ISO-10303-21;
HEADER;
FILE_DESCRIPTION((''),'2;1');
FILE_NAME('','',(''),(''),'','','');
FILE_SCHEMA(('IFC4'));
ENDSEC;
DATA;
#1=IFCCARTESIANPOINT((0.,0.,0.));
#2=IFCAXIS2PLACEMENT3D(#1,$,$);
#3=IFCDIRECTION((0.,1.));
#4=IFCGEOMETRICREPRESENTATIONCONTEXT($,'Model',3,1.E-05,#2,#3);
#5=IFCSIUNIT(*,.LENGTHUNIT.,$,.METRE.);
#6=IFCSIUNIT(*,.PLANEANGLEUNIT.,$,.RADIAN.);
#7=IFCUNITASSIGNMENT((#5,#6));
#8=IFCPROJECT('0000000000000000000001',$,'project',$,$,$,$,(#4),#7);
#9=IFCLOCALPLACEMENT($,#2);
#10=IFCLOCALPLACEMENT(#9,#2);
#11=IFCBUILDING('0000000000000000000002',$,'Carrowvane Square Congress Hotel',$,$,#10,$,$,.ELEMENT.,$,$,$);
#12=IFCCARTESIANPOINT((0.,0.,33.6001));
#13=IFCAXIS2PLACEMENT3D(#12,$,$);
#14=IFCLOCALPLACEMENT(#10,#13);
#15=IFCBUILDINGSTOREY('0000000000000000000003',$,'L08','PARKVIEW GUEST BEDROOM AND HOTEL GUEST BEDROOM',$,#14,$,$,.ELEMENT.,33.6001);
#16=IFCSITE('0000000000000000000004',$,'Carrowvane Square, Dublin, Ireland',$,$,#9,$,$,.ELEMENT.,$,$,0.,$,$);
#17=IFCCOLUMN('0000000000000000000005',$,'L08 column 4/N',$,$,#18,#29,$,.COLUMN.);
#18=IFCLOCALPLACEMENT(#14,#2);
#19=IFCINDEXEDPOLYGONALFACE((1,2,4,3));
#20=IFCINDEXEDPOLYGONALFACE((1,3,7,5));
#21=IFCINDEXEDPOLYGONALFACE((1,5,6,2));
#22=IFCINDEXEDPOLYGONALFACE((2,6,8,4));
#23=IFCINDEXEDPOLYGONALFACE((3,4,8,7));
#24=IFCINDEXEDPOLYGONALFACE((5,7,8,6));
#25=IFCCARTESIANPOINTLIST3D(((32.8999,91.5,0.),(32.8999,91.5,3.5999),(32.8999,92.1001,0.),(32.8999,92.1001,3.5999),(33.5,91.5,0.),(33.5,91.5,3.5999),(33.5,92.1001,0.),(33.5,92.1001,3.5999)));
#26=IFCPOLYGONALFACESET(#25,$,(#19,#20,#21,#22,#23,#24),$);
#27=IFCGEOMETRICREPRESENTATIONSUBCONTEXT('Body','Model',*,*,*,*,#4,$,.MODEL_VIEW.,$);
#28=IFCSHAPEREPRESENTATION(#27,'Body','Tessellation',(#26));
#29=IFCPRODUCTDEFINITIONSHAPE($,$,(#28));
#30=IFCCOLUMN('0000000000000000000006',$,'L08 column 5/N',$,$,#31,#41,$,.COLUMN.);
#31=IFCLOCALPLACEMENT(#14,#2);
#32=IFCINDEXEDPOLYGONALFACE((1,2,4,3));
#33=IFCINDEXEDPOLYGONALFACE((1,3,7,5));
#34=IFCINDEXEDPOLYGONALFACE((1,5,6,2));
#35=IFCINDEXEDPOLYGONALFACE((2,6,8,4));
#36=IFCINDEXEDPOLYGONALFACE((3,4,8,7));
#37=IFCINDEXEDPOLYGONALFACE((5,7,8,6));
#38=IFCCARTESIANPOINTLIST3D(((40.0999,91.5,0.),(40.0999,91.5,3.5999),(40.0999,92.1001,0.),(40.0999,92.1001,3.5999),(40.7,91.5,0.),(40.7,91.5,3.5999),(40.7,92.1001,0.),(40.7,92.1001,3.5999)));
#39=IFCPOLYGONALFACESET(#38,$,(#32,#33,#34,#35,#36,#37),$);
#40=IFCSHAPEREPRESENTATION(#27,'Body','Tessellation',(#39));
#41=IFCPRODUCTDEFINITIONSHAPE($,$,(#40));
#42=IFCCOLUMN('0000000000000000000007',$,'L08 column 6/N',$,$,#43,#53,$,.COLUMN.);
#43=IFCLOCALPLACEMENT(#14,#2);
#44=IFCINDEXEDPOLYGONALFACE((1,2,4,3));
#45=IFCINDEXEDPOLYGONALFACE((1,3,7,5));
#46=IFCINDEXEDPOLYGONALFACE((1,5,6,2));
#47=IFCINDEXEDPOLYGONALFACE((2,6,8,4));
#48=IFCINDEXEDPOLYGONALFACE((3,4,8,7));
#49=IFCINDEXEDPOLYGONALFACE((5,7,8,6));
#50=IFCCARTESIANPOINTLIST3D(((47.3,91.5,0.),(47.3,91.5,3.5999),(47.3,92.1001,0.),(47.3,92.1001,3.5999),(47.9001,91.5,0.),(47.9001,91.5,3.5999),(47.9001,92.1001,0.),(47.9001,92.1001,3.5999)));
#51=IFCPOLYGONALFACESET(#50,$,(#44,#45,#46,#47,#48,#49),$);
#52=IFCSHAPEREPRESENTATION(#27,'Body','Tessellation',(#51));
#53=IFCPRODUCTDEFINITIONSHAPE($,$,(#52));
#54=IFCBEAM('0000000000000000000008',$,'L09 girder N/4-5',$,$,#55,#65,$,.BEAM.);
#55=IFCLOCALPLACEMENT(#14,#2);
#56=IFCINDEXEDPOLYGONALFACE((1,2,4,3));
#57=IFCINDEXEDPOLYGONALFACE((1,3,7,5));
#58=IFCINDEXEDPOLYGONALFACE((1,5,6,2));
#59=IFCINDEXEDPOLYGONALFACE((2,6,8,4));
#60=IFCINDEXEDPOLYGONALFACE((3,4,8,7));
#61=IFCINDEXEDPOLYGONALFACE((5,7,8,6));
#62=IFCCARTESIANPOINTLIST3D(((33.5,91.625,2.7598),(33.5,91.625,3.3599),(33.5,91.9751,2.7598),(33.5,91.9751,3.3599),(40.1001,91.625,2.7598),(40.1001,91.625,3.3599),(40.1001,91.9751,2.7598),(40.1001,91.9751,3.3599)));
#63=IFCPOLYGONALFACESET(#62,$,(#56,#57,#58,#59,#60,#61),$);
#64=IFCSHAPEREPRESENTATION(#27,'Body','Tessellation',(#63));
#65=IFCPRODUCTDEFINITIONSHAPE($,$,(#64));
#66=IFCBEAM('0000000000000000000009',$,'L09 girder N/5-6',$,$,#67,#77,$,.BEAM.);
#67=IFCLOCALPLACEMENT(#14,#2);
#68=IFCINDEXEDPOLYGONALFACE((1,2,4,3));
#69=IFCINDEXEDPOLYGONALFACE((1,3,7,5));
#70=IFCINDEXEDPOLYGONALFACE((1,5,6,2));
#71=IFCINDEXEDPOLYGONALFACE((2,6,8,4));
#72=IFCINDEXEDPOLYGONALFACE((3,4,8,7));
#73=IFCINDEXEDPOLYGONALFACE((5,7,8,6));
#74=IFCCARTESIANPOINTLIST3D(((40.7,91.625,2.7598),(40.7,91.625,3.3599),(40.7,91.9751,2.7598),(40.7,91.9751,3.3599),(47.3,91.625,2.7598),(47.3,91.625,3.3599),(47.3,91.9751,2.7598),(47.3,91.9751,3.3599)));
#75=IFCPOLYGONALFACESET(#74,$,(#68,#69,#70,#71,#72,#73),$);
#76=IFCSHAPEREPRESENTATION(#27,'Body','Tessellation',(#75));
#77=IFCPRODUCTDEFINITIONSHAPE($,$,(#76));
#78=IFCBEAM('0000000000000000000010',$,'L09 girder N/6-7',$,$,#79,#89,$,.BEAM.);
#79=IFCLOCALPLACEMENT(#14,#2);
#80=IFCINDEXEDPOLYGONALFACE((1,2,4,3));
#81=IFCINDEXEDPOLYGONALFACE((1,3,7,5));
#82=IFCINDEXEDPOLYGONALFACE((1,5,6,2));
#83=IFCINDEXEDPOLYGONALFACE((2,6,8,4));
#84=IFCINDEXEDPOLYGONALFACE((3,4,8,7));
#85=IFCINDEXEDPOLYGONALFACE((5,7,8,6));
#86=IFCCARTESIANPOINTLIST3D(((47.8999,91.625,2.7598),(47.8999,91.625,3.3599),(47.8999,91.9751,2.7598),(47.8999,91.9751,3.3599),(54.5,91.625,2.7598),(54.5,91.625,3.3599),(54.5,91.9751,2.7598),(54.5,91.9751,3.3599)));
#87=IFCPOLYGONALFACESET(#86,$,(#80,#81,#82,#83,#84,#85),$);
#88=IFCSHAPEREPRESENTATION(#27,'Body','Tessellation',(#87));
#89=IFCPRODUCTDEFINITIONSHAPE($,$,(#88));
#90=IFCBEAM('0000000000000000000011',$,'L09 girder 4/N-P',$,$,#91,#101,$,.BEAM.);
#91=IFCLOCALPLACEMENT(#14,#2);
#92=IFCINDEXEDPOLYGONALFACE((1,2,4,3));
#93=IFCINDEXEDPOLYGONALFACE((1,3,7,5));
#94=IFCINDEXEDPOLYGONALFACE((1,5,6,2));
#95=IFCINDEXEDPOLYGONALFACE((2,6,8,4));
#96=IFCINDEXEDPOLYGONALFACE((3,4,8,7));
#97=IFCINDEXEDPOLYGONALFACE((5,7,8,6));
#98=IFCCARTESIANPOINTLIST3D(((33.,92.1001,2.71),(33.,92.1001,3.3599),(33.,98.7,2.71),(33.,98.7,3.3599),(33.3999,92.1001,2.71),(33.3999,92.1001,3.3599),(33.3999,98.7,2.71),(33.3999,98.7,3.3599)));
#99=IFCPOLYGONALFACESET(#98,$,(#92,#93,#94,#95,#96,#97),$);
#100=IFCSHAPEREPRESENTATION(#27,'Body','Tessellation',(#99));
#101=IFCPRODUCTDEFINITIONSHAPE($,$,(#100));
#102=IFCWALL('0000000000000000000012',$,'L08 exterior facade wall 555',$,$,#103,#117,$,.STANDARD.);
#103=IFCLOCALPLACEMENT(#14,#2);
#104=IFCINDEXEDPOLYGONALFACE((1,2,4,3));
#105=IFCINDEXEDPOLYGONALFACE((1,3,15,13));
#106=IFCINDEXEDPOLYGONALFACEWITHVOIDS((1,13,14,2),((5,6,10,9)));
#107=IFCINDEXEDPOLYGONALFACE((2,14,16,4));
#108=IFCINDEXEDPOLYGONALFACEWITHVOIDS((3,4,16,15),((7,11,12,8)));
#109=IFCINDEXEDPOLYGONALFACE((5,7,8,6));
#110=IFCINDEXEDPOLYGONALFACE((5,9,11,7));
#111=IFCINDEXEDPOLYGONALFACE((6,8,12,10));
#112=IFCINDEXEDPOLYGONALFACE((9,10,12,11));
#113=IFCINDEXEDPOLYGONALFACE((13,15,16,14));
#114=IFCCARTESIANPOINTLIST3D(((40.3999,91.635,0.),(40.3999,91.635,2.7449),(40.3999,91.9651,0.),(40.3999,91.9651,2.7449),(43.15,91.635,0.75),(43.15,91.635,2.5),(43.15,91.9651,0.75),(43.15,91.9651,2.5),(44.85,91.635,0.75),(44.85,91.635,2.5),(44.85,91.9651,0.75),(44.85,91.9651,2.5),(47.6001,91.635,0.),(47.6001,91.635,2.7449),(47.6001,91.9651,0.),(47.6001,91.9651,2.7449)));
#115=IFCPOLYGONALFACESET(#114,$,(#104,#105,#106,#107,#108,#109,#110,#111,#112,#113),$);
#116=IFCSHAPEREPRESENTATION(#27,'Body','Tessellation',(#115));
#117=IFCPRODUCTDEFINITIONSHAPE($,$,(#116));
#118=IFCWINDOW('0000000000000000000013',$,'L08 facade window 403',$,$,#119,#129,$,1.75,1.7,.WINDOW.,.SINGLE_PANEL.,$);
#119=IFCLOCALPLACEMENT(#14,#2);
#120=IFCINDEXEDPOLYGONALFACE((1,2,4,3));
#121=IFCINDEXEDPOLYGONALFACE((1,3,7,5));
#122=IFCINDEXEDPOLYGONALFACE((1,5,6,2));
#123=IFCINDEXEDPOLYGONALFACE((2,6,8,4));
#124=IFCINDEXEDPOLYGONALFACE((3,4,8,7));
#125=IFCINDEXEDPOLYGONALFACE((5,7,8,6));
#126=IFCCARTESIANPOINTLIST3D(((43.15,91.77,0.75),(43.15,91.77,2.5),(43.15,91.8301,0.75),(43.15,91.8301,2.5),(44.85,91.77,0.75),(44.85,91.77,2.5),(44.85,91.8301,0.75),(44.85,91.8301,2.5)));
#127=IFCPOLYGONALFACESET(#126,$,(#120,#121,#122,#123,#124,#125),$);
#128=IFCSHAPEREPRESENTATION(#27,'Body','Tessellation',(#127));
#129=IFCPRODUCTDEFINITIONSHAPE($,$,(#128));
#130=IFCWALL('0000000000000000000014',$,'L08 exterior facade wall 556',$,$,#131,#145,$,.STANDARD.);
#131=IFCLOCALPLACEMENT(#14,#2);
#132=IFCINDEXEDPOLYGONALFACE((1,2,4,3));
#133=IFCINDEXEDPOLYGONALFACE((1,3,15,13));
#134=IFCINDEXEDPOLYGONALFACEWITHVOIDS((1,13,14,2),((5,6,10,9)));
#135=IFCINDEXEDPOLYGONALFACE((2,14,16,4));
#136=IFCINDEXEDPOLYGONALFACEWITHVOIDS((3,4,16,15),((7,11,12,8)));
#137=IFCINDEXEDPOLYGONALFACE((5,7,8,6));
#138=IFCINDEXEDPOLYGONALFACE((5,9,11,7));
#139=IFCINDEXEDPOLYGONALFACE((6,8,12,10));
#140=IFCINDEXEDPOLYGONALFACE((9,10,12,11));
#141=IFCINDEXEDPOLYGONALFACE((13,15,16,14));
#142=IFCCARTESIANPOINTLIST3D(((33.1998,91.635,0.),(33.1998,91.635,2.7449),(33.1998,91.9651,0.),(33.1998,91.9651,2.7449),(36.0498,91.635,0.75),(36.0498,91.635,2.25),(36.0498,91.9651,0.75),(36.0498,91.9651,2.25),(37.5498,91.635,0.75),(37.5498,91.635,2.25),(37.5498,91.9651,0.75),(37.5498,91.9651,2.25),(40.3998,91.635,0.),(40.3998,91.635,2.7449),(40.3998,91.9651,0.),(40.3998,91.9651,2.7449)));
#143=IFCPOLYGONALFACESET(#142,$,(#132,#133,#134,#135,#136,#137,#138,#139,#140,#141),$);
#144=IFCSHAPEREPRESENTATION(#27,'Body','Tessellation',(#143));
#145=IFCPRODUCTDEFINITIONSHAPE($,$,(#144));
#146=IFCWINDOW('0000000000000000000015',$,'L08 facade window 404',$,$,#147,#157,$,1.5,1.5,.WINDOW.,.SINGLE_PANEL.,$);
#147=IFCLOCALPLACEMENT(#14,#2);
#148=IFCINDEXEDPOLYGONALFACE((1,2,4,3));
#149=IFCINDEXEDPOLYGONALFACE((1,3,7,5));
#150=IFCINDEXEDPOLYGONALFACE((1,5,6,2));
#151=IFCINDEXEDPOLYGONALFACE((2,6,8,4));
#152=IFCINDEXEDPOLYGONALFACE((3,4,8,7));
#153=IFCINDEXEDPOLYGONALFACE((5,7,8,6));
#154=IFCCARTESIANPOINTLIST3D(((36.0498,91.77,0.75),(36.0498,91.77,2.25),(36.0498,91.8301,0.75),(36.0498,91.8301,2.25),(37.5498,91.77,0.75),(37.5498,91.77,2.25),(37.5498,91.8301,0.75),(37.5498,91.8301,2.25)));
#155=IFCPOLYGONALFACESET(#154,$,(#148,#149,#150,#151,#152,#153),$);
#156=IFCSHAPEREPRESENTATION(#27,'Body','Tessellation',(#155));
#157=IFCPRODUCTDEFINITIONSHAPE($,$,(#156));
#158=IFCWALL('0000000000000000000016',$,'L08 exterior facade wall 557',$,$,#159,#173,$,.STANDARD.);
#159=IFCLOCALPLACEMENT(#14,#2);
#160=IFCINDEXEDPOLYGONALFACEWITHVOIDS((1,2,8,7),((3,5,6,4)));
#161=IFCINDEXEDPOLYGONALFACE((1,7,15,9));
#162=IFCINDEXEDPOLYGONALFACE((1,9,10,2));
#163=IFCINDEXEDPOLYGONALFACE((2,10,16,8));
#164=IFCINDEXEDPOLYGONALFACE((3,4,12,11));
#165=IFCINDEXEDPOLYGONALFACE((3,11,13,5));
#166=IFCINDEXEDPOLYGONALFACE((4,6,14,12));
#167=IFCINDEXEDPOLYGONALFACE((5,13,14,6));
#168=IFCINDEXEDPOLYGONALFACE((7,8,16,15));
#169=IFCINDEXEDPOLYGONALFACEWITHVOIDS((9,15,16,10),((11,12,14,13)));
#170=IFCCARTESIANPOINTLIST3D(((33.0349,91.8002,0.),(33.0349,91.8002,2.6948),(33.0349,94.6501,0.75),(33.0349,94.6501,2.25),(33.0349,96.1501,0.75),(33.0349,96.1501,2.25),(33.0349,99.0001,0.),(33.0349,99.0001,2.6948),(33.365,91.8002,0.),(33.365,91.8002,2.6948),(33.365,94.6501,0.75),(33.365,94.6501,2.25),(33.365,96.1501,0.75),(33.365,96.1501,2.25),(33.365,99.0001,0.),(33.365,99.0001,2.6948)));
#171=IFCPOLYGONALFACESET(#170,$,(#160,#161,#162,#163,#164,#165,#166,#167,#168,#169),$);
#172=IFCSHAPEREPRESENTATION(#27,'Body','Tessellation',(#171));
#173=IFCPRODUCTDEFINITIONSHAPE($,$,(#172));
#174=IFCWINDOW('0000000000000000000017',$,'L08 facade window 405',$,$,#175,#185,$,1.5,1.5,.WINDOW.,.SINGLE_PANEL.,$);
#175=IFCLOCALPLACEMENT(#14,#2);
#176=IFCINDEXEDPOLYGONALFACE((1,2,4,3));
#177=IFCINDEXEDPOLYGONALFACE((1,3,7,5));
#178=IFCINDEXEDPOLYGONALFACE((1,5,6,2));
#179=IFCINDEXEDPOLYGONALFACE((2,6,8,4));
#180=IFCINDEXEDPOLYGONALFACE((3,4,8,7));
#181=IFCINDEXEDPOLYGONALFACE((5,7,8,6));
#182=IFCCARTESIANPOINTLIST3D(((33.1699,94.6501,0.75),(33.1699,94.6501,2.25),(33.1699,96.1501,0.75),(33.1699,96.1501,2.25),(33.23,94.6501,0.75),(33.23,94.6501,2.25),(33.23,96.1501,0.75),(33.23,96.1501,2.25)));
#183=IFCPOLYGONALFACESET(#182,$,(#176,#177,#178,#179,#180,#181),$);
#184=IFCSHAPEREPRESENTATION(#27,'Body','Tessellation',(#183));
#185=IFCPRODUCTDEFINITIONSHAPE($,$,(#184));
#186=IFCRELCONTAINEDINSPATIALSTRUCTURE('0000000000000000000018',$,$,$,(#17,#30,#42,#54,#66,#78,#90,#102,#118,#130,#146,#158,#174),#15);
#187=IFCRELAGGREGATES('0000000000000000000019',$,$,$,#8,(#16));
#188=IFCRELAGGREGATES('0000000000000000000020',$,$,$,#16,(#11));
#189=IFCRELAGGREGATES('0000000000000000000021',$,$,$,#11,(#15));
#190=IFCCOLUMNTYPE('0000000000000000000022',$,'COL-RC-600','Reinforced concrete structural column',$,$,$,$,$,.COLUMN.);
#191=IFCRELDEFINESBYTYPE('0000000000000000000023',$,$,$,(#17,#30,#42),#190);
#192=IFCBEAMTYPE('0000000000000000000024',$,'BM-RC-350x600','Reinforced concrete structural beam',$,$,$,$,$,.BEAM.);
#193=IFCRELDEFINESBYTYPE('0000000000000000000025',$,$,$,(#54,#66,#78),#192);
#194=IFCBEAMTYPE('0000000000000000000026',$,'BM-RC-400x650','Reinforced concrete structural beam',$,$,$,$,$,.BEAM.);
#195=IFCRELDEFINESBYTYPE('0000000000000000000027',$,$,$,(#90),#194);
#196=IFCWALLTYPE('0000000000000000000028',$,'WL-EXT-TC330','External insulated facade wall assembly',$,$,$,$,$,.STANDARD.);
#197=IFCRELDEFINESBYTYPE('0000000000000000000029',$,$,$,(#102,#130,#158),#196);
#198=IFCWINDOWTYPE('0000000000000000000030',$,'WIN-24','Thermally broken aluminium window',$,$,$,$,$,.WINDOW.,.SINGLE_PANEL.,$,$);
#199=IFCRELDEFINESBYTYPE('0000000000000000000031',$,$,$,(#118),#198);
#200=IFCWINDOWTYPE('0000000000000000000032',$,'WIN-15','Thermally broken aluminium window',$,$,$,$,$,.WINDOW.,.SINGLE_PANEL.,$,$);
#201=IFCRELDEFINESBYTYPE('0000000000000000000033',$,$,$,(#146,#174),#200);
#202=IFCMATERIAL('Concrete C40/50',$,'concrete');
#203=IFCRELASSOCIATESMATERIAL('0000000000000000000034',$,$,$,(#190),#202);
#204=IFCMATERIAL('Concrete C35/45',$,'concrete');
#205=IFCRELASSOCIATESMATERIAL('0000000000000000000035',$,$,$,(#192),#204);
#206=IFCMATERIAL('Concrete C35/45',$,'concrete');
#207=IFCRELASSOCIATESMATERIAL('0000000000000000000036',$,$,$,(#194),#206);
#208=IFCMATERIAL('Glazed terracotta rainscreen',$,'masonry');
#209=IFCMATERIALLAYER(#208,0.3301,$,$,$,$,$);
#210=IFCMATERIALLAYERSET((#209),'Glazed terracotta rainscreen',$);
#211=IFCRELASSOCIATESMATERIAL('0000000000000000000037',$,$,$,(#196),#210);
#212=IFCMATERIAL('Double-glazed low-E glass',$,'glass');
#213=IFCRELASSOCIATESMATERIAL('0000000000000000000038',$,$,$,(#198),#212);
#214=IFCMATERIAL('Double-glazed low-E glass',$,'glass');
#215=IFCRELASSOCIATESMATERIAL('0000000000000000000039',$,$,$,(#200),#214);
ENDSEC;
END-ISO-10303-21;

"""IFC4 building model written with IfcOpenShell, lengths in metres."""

from ifc_helpers import new_model, si_unit, direction, frame, frame_2d, origin, origin_2d, place, context, subcontext, project, spatial, rectangle, extrude, material, layer, layer_set, material_profile, profile_set, type_object, element, fill, save


model = new_model("IFC4")

# Units and contexts
model_context = context("Model", 3, precision=1e-05, world=origin(), true_north=direction((0.0, 1.0)))
body_context = subcontext(model_context, "Body", "Model", "MODEL_VIEW")
ifc_project = project(units=[si_unit("LENGTHUNIT", "METRE"), si_unit("PLANEANGLEUNIT", "RADIAN")], contexts=[model_context])

# Site, building, storey
site_placement = place(None, origin())
site = spatial("IfcSite", under=ifc_project, at=site_placement, Name="Carrowvane Square, Dublin, Ireland", CompositionType="ELEMENT", RefElevation=0.0)
building_placement = place(site_placement, origin())
building = spatial("IfcBuilding", under=site, at=building_placement, Name="Carrowvane Square Congress Hotel", CompositionType="ELEMENT")
storey_placement = place(building_placement, frame((0.0, 0.0, 33.6001)))
storey = spatial("IfcBuildingStorey", under=building, at=storey_placement, Name="L08", Description="PARKVIEW GUEST BEDROOM AND HOTEL GUEST BEDROOM", CompositionType="ELEMENT", Elevation=33.6001)

# Columns
ifc_material_1 = material(Name="Concrete C40/50", Category="concrete")
ifc_material_profile_1 = material_profile(ifc_material_1, rectangle(XDim=0.6001, YDim=0.6001, at=origin_2d()), Name="RC 600x600")
ifc_profile_set_1 = profile_set([ifc_material_profile_1], Name="Concrete C40/50")
column_type = type_object("IfcColumnType", Name="COL-RC-600", Description="Reinforced concrete structural column", PredefinedType="COLUMN", material=ifc_profile_set_1)
for number, where, z_axis, x_axis, name in (
    (1, (33.2, 91.8, 0.0), (0.0, 0.0, 1.0), (1.0, 0.0, 0.0), "L08 column 4/N"),
    (2, (40.3999, 91.8, 0.0), (0.0, 0.0, 1.0), (1.0, 0.0, 0.0), "L08 column 5/N"),
    (3, (47.6001, 91.8, 0.0), (0.0, 0.0, 1.0), (1.0, 0.0, 0.0), "L08 column 6/N"),
):
    element("IfcColumn", number, at=place(storey_placement, frame(where, z_axis=z_axis, x_axis=x_axis)), inside=storey, type_object=column_type, Name=name, PredefinedType="COLUMN", context=body_context, shape_type="SweptSolid", body=[
        extrude(rectangle(XDim=0.6001, YDim=0.6001, at=origin_2d()), origin(), (0.0, 0.0, 1.0), 3.5999),
    ])

# Beams
ifc_material_2 = material(Name="Concrete C35/45", Category="concrete")
ifc_material_profile_2 = material_profile(ifc_material_2, rectangle(XDim=0.3501, YDim=0.6001, at=origin_2d()), Name="RC 350x600")
ifc_profile_set_2 = profile_set([ifc_material_profile_2], Name="Concrete C35/45")
beam_type_1 = type_object("IfcBeamType", Name="BM-RC-350x600", Description="Reinforced concrete structural beam", PredefinedType="BEAM", material=ifc_profile_set_2)
for number, where, z_axis, x_axis, name in (
    (4, (33.5, 91.8, 3.0598), (1.0, 0.0, 0.0), (0.0, 1.0, 0.0), "L09 girder N/4-5"),
    (5, (40.7, 91.8, 3.0598), (1.0, 0.0, 0.0), (0.0, 1.0, 0.0), "L09 girder N/5-6"),
    (6, (47.8999, 91.8, 3.0598), (1.0, 0.0, 0.0), (0.0, 1.0, 0.0), "L09 girder N/6-7"),
):
    element("IfcBeam", number, at=place(storey_placement, frame(where, z_axis=z_axis, x_axis=x_axis)), inside=storey, type_object=beam_type_1, Name=name, PredefinedType="BEAM", context=body_context, shape_type="SweptSolid", body=[
        extrude(rectangle(XDim=0.3501, YDim=0.6001, at=origin_2d()), origin(), (0.0, 0.0, 1.0), 6.6001),
    ])
ifc_material_3 = material(Name="Concrete C35/45", Category="concrete")
ifc_material_profile_3 = material_profile(ifc_material_3, rectangle(XDim=0.3999, YDim=0.6499, at=origin_2d()), Name="RC 400x650")
ifc_profile_set_3 = profile_set([ifc_material_profile_3], Name="Concrete C35/45")
beam_type_2 = type_object("IfcBeamType", Name="BM-RC-400x650", Description="Reinforced concrete structural beam", PredefinedType="BEAM", material=ifc_profile_set_3)
beam_placement = place(storey_placement, frame((33.2, 92.1001, 3.0349), z_axis=(0.0, 1.0, 0.0), x_axis=(-1.0, 0.0, 0.0)))
element("IfcBeam", 7, at=beam_placement, inside=storey, type_object=beam_type_2, Name="L09 girder 4/N-P", PredefinedType="BEAM", context=body_context, shape_type="SweptSolid", body=[
    extrude(rectangle(XDim=0.3999, YDim=0.6499, at=origin_2d()), origin(), (0.0, 0.0, 1.0), 6.5999),
])

# Walls, openings, windows
ifc_material_4 = material(Name="Glazed terracotta rainscreen", Category="masonry")
ifc_layer_1 = layer(ifc_material_4, 0.3301)
ifc_layer_set_1 = layer_set([ifc_layer_1], Name="Glazed terracotta rainscreen")
wall_type_1 = type_object("IfcWallType", Name="WL-EXT-TC330", Description="External insulated facade wall assembly", PredefinedType="STANDARD", material=ifc_layer_set_1)
wall_1_placement = place(storey_placement, frame((47.6001, 91.8, 0.0), z_axis=(0.0, 0.0, 1.0), x_axis=(-1.0, 0.0, 0.0)))
wall_1 = element("IfcWall", 8, at=wall_1_placement, inside=storey, type_object=wall_type_1, Name="L08 exterior facade wall 555", PredefinedType="STANDARD", context=body_context, shape_type="SweptSolid", body=[
    extrude(rectangle(XDim=7.2002, YDim=0.3301, at=frame_2d((3.6001, 0.0))), origin(), (0.0, 0.0, 1.0), 2.7449),
])
opening_1_placement = place(wall_1_placement, frame((2.75, 0.0, 0.75)))
opening_1 = element("IfcOpeningElement", 9, at=opening_1_placement, cuts=wall_1, PredefinedType="OPENING", context=body_context, shape_type="SweptSolid", body=[
    extrude(rectangle(XDim=1.7, YDim=1.75, at=frame_2d((0.8501, 0.875))), frame((0.0, 0.175, 0.0), z_axis=(0.0, -1.0, 0.0), x_axis=(1.0, 0.0, 0.0)), (0.0, 0.0, 1.0), 0.3501),
])
ifc_material_5 = material(Name="Double-glazed low-E glass", Category="glass")
window_type_1 = type_object("IfcWindowType", Name="WIN-24", Description="Thermally broken aluminium window", PartitioningType="SINGLE_PANEL", PredefinedType="WINDOW", material=ifc_material_5)
window_1_placement = place(opening_1_placement, origin())
window_1 = element("IfcWindow", 10, at=window_1_placement, inside=storey, type_object=window_type_1, Name="L08 facade window 403", OverallHeight=1.75, OverallWidth=1.7, PartitioningType="SINGLE_PANEL", PredefinedType="WINDOW", context=body_context, shape_type="SweptSolid", body=[
    extrude(rectangle(XDim=1.7, YDim=1.75, at=frame_2d((0.8501, 0.875))), frame((0.0, 0.03, 0.0), z_axis=(0.0, -1.0, 0.0), x_axis=(1.0, 0.0, 0.0)), (0.0, 0.0, 1.0), 0.0601),
])
fill(opening_1, window_1)
wall_2_placement = place(storey_placement, frame((40.3999, 91.8, 0.0), z_axis=(0.0, 0.0, 1.0), x_axis=(-1.0, 0.0, 0.0)))
wall_2 = element("IfcWall", 11, at=wall_2_placement, inside=storey, type_object=wall_type_1, Name="L08 exterior facade wall 556", PredefinedType="STANDARD", context=body_context, shape_type="SweptSolid", body=[
    extrude(rectangle(XDim=7.2, YDim=0.3301, at=frame_2d((3.6001, 0.0))), origin(), (0.0, 0.0, 1.0), 2.7449),
])
opening_2_placement = place(wall_2_placement, frame((2.8501, 0.0, 0.75)))
opening_2 = element("IfcOpeningElement", 12, at=opening_2_placement, cuts=wall_2, PredefinedType="OPENING", context=body_context, shape_type="SweptSolid", body=[
    extrude(rectangle(XDim=1.5, YDim=1.5, at=frame_2d((0.75, 0.75))), frame((0.0, 0.175, 0.0), z_axis=(0.0, -1.0, 0.0), x_axis=(1.0, 0.0, 0.0)), (0.0, 0.0, 1.0), 0.3501),
])
ifc_material_6 = material(Name="Double-glazed low-E glass", Category="glass")
window_type_2 = type_object("IfcWindowType", Name="WIN-15", Description="Thermally broken aluminium window", PartitioningType="SINGLE_PANEL", PredefinedType="WINDOW", material=ifc_material_6)
window_2_placement = place(opening_2_placement, origin())
window_2 = element("IfcWindow", 13, at=window_2_placement, inside=storey, type_object=window_type_2, Name="L08 facade window 404", OverallHeight=1.5, OverallWidth=1.5, PartitioningType="SINGLE_PANEL", PredefinedType="WINDOW", context=body_context, shape_type="SweptSolid", body=[
    extrude(rectangle(XDim=1.5, YDim=1.5, at=frame_2d((0.75, 0.75))), frame((0.0, 0.03, 0.0), z_axis=(0.0, -1.0, 0.0), x_axis=(1.0, 0.0, 0.0)), (0.0, 0.0, 1.0), 0.0601),
])
fill(opening_2, window_2)
wall_3_placement = place(storey_placement, frame((33.2, 91.8, 0.0), z_axis=(0.0, 0.0, 1.0), x_axis=(0.0, 1.0, 0.0)))
wall_3 = element("IfcWall", 14, at=wall_3_placement, inside=storey, type_object=wall_type_1, Name="L08 exterior facade wall 557", PredefinedType="STANDARD", context=body_context, shape_type="SweptSolid", body=[
    extrude(rectangle(XDim=7.2, YDim=0.3301, at=frame_2d((3.6001, 0.0))), origin(), (0.0, 0.0, 1.0), 2.6948),
])
opening_3_placement = place(wall_3_placement, frame((2.8501, 0.0, 0.75)))
opening_3 = element("IfcOpeningElement", 15, at=opening_3_placement, cuts=wall_3, PredefinedType="OPENING", context=body_context, shape_type="SweptSolid", body=[
    extrude(rectangle(XDim=1.5, YDim=1.5, at=frame_2d((0.75, 0.75))), frame((0.0, 0.175, 0.0), z_axis=(0.0, -1.0, 0.0), x_axis=(1.0, 0.0, 0.0)), (0.0, 0.0, 1.0), 0.3501),
])
window_3_placement = place(opening_3_placement, origin())
window_3 = element("IfcWindow", 16, at=window_3_placement, inside=storey, type_object=window_type_2, Name="L08 facade window 405", OverallHeight=1.5, OverallWidth=1.5, PartitioningType="SINGLE_PANEL", PredefinedType="WINDOW", context=body_context, shape_type="SweptSolid", body=[
    extrude(rectangle(XDim=1.5, YDim=1.5, at=frame_2d((0.75, 0.75))), frame((0.0, 0.03, 0.0), z_axis=(0.0, -1.0, 0.0), x_axis=(1.0, 0.0, 0.0)), (0.0, 0.0, 1.0), 0.0601),
])
fill(opening_3, window_3)

save(model, "model.ifc")
